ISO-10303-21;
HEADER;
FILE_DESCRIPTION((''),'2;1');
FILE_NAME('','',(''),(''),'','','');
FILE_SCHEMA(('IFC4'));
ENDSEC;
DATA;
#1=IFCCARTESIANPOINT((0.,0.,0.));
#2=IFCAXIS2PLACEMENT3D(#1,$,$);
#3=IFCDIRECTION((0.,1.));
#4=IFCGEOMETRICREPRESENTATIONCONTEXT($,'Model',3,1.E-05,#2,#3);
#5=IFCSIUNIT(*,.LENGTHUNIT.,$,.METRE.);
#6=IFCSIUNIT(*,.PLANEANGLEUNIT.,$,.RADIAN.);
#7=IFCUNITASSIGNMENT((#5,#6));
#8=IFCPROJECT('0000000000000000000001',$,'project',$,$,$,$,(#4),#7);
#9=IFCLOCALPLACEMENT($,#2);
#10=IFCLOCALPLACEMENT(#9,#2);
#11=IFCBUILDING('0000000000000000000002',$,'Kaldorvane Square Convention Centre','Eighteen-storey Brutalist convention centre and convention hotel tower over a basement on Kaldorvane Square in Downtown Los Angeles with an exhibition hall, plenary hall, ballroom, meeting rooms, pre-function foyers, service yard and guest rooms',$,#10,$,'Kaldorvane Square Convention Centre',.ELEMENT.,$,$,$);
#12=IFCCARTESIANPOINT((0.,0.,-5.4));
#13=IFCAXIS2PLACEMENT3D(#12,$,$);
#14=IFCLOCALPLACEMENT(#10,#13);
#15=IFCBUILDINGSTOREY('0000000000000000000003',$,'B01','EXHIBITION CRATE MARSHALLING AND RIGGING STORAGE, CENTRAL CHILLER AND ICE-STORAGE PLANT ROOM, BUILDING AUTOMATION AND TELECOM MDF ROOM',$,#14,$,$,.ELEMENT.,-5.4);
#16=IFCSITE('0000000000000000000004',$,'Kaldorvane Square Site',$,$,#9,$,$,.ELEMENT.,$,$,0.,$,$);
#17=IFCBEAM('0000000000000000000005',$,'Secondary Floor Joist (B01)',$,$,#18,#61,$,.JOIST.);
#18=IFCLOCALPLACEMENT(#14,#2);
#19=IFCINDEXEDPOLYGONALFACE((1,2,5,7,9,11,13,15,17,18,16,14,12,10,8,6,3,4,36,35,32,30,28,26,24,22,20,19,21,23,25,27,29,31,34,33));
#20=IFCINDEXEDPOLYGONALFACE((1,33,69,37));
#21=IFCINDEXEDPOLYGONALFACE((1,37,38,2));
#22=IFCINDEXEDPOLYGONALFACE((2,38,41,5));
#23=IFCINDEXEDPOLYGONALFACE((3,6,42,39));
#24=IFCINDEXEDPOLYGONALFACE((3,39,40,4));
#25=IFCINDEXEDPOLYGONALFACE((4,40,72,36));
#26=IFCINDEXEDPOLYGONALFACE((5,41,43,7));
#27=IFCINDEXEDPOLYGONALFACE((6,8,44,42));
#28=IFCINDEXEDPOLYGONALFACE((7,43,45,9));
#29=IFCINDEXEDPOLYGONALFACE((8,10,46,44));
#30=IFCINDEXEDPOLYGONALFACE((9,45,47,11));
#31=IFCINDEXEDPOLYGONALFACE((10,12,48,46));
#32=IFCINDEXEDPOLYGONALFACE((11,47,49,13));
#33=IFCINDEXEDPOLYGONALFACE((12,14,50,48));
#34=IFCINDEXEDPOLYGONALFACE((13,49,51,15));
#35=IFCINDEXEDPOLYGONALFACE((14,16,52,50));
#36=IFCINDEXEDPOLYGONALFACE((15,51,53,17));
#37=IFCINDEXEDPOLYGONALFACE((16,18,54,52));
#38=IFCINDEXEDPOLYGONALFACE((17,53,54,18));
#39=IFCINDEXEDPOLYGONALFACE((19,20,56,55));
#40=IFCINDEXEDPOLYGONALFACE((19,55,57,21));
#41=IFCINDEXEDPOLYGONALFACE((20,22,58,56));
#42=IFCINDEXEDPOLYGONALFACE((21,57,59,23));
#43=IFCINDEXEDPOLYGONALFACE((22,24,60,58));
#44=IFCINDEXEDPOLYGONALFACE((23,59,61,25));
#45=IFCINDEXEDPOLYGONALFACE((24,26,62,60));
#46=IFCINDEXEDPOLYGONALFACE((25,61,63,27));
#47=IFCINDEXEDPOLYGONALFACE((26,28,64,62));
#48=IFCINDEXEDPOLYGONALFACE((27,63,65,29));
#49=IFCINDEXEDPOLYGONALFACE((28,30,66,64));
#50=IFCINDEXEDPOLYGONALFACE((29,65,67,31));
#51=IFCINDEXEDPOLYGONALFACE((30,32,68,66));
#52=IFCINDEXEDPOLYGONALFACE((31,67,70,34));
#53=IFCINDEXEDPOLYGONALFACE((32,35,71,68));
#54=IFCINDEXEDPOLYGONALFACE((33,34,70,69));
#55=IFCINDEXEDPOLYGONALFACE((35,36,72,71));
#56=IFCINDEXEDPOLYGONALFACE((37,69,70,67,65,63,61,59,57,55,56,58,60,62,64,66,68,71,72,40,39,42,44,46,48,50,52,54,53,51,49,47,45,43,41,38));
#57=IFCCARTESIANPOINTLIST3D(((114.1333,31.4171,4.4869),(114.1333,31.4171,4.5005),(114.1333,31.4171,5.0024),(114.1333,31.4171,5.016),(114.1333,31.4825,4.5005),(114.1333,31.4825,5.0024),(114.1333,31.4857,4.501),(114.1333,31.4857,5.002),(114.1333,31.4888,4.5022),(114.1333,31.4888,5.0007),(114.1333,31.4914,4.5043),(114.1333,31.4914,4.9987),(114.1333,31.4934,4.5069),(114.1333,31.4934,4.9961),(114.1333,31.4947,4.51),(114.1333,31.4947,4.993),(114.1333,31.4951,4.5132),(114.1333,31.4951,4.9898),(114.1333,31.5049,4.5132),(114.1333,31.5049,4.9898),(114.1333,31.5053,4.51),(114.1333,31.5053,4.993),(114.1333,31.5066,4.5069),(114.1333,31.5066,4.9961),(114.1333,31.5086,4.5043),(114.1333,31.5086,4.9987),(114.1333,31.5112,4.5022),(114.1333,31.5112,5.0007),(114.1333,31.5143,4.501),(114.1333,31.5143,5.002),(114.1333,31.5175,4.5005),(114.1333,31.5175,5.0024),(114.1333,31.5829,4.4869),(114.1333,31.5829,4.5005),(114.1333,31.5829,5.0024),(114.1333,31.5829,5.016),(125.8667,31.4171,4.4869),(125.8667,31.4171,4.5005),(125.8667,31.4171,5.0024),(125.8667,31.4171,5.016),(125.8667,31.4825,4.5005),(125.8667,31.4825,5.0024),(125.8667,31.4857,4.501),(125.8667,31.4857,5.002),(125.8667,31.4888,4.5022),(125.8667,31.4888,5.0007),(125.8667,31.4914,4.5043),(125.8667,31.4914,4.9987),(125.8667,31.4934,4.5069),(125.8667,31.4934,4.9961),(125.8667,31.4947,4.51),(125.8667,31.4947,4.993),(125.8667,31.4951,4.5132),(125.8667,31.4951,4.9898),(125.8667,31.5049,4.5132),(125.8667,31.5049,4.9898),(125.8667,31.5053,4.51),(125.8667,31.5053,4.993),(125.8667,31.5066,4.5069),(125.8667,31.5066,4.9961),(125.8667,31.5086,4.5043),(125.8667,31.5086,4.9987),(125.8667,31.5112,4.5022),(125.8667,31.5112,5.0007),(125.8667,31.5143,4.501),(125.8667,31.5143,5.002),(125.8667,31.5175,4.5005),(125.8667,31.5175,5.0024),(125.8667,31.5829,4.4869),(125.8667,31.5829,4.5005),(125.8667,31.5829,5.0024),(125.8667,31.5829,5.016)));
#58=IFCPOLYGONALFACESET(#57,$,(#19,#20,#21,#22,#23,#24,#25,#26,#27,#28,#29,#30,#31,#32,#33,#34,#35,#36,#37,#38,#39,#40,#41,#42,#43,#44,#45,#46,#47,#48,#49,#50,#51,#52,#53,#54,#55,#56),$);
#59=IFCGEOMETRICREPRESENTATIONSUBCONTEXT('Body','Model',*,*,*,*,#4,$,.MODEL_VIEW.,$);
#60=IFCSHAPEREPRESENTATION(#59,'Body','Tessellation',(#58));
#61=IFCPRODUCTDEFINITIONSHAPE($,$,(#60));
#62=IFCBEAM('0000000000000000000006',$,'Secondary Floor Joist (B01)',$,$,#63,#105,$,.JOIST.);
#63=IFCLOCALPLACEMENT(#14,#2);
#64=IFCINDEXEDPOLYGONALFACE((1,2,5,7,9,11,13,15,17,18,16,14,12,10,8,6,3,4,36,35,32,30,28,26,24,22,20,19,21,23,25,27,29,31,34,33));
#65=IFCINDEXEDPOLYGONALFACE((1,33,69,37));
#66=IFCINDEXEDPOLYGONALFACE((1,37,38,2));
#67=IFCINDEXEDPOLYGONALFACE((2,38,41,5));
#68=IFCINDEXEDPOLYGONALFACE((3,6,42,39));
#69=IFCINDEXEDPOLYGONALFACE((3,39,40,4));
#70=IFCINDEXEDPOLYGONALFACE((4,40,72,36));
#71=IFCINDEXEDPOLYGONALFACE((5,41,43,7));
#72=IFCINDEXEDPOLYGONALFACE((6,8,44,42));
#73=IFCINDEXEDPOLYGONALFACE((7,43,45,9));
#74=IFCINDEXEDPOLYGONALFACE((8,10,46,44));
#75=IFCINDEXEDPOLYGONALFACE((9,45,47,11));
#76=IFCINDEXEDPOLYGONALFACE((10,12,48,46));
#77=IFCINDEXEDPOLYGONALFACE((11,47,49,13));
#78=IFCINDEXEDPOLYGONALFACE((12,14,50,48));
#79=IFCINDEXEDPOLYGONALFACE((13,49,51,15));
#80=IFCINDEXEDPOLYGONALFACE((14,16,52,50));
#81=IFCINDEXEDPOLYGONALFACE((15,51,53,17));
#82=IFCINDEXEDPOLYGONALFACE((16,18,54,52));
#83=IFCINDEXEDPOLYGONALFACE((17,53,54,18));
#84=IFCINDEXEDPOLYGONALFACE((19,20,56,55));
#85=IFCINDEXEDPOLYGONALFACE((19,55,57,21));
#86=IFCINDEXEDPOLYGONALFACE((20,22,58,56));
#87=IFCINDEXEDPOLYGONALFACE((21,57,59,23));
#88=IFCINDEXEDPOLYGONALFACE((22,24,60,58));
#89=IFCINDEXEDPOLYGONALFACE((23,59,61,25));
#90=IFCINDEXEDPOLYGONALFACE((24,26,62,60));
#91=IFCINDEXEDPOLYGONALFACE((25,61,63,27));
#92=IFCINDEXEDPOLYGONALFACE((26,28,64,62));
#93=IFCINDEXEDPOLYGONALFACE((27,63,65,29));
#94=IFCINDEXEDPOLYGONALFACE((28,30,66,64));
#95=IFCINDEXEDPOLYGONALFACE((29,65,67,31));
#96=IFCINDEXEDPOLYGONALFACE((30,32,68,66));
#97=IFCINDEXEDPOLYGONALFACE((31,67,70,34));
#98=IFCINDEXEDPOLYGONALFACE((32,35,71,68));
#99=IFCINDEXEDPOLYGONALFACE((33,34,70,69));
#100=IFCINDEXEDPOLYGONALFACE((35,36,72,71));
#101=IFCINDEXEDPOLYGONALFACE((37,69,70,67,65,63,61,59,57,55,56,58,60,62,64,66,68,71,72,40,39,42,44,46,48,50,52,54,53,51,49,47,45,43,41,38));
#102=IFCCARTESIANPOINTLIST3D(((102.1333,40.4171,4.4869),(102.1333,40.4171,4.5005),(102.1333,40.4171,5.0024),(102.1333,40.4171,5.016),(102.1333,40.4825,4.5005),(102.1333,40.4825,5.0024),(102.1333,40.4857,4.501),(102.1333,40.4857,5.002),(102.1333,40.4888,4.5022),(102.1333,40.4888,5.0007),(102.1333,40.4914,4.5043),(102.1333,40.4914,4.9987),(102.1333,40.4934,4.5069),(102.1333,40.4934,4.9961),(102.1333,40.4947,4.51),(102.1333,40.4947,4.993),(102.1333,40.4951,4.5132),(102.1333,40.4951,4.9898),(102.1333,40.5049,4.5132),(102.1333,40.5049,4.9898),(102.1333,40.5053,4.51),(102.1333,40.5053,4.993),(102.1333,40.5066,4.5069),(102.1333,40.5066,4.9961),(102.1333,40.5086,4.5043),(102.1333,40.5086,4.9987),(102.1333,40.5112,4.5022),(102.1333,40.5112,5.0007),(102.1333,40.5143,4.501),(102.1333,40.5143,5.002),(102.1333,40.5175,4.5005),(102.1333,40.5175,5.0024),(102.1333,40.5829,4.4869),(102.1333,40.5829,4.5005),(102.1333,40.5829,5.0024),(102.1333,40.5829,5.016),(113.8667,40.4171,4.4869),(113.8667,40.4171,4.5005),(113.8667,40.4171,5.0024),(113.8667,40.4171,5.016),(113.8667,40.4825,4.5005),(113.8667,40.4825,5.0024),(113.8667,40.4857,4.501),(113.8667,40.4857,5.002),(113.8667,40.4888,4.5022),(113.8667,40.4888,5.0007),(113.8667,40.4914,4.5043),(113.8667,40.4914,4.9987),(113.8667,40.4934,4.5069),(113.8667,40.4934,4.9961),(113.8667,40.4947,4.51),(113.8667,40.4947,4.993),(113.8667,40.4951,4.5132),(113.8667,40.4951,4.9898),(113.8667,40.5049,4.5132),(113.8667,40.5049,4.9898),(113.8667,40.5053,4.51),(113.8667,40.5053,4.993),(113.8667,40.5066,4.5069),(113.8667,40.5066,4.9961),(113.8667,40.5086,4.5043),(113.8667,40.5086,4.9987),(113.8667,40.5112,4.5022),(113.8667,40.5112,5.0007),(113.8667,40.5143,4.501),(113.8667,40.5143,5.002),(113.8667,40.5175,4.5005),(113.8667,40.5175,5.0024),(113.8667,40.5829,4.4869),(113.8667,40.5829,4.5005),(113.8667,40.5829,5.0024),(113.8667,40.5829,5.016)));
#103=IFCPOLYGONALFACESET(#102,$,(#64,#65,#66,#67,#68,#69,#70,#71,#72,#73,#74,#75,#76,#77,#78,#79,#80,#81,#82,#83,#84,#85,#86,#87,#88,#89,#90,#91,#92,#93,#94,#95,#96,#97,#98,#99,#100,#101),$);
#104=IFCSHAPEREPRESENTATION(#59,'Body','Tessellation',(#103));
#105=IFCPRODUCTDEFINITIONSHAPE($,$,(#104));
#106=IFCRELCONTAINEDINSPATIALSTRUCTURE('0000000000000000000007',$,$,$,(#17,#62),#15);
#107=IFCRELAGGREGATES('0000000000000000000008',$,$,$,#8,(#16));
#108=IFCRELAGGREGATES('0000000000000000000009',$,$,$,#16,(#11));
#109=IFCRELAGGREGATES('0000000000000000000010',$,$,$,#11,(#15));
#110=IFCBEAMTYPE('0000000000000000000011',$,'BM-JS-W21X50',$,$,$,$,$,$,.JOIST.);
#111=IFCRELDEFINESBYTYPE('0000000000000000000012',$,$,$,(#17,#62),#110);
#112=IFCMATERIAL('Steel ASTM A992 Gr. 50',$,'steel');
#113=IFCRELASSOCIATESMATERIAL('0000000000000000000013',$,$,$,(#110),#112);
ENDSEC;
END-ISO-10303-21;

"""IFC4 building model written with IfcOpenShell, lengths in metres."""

from ifc_helpers import new_model, si_unit, direction, frame, origin, origin_2d, place, context, subcontext, project, spatial, i_section, extrude, material, material_profile, profile_set, type_object, element, save


model = new_model("IFC4")

# Units and contexts
model_context = context("Model", 3, precision=1e-05, world=origin(), true_north=direction((0.0, 1.0)))
body_context = subcontext(model_context, "Body", "Model", "MODEL_VIEW")
ifc_project = project(units=[si_unit("LENGTHUNIT", "METRE"), si_unit("PLANEANGLEUNIT", "RADIAN")], contexts=[model_context])

# Site, building, storey
site_placement = place(None, origin())
site = spatial("IfcSite", under=ifc_project, at=site_placement, Name="Kaldorvane Square Site", CompositionType="ELEMENT", RefElevation=0.0)
building_placement = place(site_placement, origin())
building = spatial("IfcBuilding", under=site, at=building_placement, Name="Kaldorvane Square Convention Centre", Description="Eighteen-storey Brutalist convention centre and convention hotel tower over a basement on Kaldorvane Square in Downtown Los Angeles with an exhibition hall, plenary hall, ballroom, meeting rooms, pre-function foyers, service yard and guest rooms", LongName="Kaldorvane Square Convention Centre", CompositionType="ELEMENT")
storey_placement = place(building_placement, frame((0.0, 0.0, -5.4)))
storey = spatial("IfcBuildingStorey", under=building, at=storey_placement, Name="B01", Description="EXHIBITION CRATE MARSHALLING AND RIGGING STORAGE, CENTRAL CHILLER AND ICE-STORAGE PLANT ROOM, BUILDING AUTOMATION AND TELECOM MDF ROOM", CompositionType="ELEMENT", Elevation=-5.4)

# Shared definitions
ifc_material_1 = material(Name="Steel ASTM A992 Gr. 50", Category="steel")

# Beams
ifc_material_profile_1 = material_profile(ifc_material_1, i_section(OverallWidth=0.1659, OverallDepth=0.5291, WebThickness=0.0097, FlangeThickness=0.0136, FilletRadius=0.0127, at=origin_2d()), Name="W21X50")
ifc_profile_set_1 = profile_set([ifc_material_profile_1], Name="Steel ASTM A992 Gr. 50")
beam_type_1 = type_object("IfcBeamType", Name="BM-JS-W21X50", PredefinedType="JOIST", material=ifc_profile_set_1)
for number, where, z_axis, x_axis, name in (
    (1, (114.1333, 31.5, 4.7515), (1.0, 0.0, 0.0), (0.0, 1.0, 0.0), "Secondary Floor Joist (B01)"),
    (2, (102.1333, 40.5, 4.7515), (1.0, 0.0, 0.0), (0.0, 1.0, 0.0), "Secondary Floor Joist (B01)"),
):
    element("IfcBeam", number, at=place(storey_placement, frame(where, z_axis=z_axis, x_axis=x_axis)), inside=storey, type_object=beam_type_1, Name=name, PredefinedType="JOIST", context=body_context, shape_type="SweptSolid", body=[
        extrude(i_section(OverallWidth=0.1659, OverallDepth=0.5291, WebThickness=0.0097, FlangeThickness=0.0136, FilletRadius=0.0127, at=origin_2d()), origin(), (0.0, 0.0, 1.0), 11.7334),
    ])

save(model, "model.ifc")
